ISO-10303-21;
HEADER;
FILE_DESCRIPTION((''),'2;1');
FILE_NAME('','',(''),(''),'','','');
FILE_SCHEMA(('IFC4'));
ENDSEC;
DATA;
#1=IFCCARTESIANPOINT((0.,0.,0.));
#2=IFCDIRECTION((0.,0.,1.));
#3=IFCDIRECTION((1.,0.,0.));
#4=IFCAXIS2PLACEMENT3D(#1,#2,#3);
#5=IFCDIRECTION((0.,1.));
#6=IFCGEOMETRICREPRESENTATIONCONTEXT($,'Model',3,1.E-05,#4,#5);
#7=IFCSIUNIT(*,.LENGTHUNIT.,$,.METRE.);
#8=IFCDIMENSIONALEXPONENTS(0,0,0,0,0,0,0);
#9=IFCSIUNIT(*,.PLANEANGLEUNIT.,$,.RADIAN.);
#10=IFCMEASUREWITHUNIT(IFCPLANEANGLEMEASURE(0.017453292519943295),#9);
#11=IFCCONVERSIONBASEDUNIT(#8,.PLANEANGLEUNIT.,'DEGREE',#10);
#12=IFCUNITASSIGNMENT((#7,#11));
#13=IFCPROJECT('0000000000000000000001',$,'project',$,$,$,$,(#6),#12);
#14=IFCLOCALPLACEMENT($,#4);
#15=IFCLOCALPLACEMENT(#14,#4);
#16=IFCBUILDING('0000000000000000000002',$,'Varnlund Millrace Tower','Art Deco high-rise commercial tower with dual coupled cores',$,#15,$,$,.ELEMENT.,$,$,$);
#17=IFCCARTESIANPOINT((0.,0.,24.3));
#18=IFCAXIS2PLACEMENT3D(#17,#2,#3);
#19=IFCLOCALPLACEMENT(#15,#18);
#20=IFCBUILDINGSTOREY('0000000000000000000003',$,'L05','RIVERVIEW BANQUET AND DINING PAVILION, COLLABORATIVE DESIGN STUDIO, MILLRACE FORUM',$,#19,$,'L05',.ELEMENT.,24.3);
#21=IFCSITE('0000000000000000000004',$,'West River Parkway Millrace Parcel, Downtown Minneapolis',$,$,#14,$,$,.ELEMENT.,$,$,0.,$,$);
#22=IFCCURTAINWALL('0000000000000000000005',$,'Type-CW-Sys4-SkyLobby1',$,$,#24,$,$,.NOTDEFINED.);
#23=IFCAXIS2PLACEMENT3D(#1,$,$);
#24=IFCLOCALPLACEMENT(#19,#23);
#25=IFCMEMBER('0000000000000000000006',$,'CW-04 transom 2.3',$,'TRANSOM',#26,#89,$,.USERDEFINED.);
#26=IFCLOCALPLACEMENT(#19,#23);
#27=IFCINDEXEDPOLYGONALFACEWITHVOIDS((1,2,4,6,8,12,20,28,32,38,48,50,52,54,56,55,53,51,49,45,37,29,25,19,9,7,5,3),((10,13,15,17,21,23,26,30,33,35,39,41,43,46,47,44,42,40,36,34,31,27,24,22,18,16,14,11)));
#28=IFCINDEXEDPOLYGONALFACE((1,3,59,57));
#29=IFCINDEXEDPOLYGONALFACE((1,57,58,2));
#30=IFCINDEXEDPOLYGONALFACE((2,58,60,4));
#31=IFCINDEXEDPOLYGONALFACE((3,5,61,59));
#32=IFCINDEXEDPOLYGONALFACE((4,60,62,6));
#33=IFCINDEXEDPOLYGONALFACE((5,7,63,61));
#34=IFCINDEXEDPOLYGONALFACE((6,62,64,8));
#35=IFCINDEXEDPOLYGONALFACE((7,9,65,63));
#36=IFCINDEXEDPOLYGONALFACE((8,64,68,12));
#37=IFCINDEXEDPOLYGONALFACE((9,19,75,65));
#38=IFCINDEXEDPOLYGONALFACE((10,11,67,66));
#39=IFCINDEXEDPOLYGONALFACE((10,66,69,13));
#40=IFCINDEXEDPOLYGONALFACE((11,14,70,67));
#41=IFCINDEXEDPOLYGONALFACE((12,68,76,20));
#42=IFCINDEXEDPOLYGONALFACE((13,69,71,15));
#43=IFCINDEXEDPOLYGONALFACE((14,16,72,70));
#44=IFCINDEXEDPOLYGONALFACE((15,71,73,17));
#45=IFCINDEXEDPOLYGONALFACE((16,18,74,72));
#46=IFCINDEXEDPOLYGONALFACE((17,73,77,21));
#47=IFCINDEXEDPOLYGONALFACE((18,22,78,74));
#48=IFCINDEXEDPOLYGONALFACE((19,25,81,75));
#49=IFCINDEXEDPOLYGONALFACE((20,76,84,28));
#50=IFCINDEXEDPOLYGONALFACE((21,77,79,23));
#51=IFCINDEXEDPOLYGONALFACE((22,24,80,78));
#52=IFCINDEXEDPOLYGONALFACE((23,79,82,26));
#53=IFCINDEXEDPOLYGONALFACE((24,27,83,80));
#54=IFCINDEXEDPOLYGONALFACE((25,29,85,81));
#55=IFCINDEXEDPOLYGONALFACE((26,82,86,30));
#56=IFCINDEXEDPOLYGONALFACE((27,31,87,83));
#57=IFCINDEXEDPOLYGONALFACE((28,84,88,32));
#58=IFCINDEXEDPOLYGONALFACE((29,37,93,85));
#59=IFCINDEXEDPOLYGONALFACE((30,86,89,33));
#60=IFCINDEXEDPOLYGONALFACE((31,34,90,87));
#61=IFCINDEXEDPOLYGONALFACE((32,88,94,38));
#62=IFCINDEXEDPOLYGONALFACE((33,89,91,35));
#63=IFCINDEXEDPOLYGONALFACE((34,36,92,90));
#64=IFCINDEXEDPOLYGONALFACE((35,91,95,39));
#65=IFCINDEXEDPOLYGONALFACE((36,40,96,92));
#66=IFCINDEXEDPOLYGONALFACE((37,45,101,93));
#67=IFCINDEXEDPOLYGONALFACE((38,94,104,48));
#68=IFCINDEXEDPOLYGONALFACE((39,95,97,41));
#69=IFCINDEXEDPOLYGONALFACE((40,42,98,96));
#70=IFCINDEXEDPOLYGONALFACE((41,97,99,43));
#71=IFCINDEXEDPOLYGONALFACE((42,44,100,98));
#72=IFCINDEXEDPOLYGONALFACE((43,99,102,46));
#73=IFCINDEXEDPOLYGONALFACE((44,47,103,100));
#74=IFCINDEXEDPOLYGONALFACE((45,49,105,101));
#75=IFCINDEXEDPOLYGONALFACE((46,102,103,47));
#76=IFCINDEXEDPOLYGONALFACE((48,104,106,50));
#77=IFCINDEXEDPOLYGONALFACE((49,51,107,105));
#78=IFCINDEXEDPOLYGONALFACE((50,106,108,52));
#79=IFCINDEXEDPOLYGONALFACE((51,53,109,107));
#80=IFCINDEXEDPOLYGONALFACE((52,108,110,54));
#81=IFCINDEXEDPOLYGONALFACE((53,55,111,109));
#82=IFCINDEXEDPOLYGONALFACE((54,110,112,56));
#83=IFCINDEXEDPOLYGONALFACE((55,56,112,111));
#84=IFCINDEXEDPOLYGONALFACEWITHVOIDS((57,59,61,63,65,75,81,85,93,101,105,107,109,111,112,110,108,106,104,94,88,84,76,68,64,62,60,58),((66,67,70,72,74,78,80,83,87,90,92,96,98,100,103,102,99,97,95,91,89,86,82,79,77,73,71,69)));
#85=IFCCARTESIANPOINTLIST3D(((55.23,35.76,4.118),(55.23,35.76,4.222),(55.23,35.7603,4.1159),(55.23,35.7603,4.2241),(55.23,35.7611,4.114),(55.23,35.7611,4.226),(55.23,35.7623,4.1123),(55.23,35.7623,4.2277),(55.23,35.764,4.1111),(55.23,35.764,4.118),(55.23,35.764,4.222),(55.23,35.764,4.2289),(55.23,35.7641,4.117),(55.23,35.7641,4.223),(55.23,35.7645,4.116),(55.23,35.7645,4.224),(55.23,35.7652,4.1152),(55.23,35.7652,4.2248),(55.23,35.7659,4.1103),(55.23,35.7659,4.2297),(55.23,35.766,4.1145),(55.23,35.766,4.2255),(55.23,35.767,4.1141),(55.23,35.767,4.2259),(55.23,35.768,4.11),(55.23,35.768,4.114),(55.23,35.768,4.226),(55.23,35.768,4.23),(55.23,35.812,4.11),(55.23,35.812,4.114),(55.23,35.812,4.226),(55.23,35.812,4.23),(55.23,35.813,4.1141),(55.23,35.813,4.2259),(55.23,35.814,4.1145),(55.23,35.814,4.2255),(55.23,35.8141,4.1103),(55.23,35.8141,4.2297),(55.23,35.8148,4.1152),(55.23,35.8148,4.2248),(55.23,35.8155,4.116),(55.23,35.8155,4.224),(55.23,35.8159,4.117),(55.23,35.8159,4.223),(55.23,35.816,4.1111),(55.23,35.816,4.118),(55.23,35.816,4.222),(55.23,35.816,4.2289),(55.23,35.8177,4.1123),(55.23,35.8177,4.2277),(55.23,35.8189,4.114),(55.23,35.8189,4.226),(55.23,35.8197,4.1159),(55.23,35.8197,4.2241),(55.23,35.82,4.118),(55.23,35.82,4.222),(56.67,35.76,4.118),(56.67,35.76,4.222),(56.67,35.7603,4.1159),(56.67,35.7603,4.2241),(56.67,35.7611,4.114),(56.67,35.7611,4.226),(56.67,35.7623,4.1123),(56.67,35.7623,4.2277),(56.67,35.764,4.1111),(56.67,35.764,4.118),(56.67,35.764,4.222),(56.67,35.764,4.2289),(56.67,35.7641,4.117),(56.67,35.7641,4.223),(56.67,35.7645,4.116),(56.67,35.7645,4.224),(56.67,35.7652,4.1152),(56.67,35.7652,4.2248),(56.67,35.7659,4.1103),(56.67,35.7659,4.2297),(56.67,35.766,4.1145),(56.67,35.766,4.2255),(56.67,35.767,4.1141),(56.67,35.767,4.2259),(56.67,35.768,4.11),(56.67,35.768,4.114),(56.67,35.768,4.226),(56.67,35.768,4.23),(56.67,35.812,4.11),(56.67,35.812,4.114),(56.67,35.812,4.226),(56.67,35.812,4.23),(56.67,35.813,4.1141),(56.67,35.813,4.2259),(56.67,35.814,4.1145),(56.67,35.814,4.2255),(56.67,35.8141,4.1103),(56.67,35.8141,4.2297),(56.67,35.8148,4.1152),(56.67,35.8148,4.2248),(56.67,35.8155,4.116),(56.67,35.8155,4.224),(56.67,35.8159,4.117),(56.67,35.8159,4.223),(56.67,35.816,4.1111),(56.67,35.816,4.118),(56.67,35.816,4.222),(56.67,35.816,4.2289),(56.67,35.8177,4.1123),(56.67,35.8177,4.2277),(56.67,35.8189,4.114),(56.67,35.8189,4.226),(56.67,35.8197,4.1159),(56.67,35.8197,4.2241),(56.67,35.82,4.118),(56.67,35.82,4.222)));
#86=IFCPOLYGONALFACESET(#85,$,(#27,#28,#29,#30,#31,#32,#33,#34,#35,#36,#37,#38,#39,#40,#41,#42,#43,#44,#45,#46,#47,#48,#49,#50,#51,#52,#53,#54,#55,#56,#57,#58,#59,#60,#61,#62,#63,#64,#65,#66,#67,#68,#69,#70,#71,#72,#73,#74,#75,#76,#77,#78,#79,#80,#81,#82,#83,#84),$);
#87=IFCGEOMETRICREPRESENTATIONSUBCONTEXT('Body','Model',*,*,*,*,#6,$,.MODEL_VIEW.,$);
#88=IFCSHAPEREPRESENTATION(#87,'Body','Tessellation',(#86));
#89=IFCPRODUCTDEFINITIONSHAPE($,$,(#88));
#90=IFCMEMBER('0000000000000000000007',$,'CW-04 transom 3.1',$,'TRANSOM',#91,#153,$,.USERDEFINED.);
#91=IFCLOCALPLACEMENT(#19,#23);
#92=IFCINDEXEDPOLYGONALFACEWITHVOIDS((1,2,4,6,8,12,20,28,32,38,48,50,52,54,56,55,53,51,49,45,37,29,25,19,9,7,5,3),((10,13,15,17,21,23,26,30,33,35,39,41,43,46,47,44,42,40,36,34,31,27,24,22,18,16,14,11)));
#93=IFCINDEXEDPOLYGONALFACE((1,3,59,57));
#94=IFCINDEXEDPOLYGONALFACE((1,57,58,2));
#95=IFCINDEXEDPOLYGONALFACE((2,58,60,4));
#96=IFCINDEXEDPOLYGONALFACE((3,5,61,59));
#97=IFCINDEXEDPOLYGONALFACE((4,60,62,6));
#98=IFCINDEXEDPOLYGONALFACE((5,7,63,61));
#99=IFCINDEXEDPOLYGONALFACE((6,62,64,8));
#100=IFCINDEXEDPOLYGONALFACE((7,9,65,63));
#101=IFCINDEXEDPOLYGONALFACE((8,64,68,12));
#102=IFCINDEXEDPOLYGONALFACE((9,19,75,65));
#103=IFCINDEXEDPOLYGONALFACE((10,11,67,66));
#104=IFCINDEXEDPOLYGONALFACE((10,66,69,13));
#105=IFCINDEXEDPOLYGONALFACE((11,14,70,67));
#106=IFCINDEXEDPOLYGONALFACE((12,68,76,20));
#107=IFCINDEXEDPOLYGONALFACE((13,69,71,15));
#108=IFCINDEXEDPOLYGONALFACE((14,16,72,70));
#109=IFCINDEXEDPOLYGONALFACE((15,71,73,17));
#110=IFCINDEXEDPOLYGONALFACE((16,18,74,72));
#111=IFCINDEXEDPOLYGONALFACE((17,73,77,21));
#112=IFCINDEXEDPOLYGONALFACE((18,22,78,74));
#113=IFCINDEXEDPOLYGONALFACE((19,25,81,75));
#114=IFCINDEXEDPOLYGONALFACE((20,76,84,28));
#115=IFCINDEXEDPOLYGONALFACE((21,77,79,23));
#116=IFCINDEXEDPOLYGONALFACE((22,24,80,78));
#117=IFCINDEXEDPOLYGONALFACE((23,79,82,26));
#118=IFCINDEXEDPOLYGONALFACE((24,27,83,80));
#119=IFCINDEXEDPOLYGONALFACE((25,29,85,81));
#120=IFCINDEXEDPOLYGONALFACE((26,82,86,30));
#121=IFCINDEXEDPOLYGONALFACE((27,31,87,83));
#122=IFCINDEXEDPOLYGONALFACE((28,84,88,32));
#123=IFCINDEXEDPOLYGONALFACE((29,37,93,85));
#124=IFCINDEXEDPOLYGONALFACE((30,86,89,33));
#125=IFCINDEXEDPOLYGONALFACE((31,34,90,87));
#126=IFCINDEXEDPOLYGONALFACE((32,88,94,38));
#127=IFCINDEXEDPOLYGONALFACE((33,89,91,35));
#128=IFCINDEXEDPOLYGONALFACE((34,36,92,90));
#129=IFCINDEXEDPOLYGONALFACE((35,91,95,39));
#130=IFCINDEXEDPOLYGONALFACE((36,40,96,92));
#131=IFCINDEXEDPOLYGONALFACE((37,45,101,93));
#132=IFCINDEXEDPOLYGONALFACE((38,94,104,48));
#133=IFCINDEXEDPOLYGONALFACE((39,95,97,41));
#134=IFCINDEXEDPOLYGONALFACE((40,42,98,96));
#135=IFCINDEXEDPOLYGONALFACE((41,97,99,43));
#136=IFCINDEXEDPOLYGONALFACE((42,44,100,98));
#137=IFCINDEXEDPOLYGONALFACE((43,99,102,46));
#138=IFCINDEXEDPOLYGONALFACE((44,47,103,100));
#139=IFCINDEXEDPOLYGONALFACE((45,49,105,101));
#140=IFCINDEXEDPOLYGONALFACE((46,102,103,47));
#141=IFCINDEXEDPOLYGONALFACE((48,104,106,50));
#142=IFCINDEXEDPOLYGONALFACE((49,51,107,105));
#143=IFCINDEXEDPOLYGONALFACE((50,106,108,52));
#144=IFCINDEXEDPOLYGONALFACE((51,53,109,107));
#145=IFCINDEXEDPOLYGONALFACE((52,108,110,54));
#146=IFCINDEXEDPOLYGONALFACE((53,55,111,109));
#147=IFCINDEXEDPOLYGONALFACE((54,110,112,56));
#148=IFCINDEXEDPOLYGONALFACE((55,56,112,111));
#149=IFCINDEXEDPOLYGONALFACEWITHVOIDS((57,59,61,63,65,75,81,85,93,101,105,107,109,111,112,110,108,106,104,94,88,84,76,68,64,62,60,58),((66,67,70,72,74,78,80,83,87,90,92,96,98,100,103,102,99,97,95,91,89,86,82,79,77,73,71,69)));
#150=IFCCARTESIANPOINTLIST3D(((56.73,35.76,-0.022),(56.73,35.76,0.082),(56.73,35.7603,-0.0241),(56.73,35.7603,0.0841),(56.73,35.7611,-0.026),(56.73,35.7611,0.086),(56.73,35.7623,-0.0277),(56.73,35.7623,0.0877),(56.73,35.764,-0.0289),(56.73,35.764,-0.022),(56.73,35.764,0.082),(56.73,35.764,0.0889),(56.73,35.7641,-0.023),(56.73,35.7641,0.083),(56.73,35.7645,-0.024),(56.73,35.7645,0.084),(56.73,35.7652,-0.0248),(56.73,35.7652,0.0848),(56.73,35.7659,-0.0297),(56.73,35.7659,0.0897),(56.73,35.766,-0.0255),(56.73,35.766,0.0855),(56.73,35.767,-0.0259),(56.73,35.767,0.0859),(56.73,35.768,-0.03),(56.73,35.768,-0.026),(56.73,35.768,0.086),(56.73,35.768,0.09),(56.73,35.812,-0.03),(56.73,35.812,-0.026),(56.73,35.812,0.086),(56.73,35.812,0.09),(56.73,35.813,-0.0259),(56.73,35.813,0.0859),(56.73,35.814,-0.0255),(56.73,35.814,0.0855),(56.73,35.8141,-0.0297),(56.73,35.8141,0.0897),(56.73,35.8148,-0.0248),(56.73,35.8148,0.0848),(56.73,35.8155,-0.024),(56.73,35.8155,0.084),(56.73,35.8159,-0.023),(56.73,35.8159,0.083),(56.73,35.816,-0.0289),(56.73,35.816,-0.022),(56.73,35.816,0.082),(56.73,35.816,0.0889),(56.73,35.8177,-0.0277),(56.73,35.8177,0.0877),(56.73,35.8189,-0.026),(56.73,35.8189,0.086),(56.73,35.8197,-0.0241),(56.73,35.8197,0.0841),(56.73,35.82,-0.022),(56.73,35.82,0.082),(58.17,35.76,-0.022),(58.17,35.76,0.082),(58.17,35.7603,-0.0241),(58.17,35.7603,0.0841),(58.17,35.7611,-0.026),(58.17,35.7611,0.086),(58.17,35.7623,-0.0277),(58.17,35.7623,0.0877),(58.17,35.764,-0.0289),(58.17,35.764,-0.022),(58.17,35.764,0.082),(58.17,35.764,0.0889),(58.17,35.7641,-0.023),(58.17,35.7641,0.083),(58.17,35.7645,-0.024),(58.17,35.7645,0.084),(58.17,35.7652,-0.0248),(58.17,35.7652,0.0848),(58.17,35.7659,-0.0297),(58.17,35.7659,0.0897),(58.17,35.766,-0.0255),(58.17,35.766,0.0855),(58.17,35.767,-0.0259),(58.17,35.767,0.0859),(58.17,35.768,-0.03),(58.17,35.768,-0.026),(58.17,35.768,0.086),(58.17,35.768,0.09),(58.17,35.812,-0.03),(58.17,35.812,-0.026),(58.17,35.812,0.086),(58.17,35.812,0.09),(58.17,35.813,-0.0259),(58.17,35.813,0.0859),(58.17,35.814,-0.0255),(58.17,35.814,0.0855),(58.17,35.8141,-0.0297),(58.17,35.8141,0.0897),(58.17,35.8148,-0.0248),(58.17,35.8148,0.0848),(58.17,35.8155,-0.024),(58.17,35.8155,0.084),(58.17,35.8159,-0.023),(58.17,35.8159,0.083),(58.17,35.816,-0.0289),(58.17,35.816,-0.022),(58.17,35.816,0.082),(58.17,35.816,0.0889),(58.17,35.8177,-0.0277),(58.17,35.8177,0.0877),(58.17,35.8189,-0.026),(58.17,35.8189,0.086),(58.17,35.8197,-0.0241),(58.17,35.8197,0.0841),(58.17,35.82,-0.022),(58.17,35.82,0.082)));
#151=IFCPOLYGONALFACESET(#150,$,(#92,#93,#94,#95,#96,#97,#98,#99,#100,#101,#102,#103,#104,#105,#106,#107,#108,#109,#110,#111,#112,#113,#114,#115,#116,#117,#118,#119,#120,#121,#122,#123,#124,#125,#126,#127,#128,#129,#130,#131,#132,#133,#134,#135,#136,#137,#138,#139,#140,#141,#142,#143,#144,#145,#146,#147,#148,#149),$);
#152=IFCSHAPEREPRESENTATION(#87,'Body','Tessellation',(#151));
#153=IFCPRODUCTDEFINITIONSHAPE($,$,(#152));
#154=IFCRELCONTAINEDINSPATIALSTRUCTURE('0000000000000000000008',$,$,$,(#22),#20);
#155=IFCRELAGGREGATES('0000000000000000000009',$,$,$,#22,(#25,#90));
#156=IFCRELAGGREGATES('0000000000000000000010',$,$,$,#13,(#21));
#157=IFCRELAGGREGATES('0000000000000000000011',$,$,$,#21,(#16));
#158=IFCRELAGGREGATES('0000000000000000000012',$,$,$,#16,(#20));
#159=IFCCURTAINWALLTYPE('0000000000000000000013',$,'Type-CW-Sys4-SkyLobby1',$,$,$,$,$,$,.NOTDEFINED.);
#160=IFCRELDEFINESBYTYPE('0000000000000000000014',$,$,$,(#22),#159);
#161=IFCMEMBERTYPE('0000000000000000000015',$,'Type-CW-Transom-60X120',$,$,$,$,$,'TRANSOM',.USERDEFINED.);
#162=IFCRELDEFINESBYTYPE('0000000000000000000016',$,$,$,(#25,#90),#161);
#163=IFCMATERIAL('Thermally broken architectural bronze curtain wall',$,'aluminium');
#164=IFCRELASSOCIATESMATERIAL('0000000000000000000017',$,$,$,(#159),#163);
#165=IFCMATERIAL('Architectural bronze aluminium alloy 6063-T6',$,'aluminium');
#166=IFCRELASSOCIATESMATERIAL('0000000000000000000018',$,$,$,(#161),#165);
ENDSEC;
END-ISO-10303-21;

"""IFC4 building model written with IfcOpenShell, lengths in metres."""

from ifc_helpers import new_model, entity, si_unit, converted_unit, direction, frame, origin_with_axes, origin_2d_with_axis, place, context, subcontext, project, spatial, hollow_rectangle, extrude, material, material_profile, profile_set, type_object, element, aggregate, save


model = new_model("IFC4")

# Units and contexts
model_context = context("Model", 3, precision=1e-05, world=origin_with_axes(), true_north=direction((0.0, 1.0)))
body_context = subcontext(model_context, "Body", "Model", "MODEL_VIEW")
ifc_project = project(units=[si_unit("LENGTHUNIT", "METRE"), converted_unit("PLANEANGLEUNIT", "DEGREE", entity("IfcPlaneAngleMeasure", 0.017453292519943295), si_unit("PLANEANGLEUNIT", "RADIAN"), dimensions=[0, 0, 0, 0, 0, 0, 0])], contexts=[model_context])

# Site, building, storey
site_placement = place(None, origin_with_axes())
site = spatial("IfcSite", under=ifc_project, at=site_placement, Name="West River Parkway Millrace Parcel, Downtown Minneapolis", CompositionType="ELEMENT", RefElevation=0.0)
building_placement = place(site_placement, origin_with_axes())
building = spatial("IfcBuilding", under=site, at=building_placement, Name="Varnlund Millrace Tower", Description="Art Deco high-rise commercial tower with dual coupled cores", CompositionType="ELEMENT")
storey_placement = place(building_placement, frame((0.0, 0.0, 24.3), z_axis=(0.0, 0.0, 1.0), x_axis=(1.0, 0.0, 0.0)))
storey = spatial("IfcBuildingStorey", under=building, at=storey_placement, Name="L05", Description="RIVERVIEW BANQUET AND DINING PAVILION, COLLABORATIVE DESIGN STUDIO, MILLRACE FORUM", LongName="L05", CompositionType="ELEMENT", Elevation=24.3)

# Curtain wall, members
ifc_material_1 = material(Name="Thermally broken architectural bronze curtain wall", Category="aluminium")
curtain_wall_type = type_object("IfcCurtainWallType", Name="Type-CW-Sys4-SkyLobby1", PredefinedType="NOTDEFINED", material=ifc_material_1)
curtain_wall_placement = place(storey_placement, frame((53.7, 35.79, 0.0), z_axis=(0.0, 0.0, 1.0), x_axis=(1.0, 0.0, 0.0)))
curtain_wall = element("IfcCurtainWall", 1, at=curtain_wall_placement, inside=storey, type_object=curtain_wall_type, Name="Type-CW-Sys4-SkyLobby1", PredefinedType="NOTDEFINED")
ifc_material_2 = material(Name="Architectural bronze aluminium alloy 6063-T6", Category="aluminium")
ifc_material_profile_1 = material_profile(ifc_material_2, hollow_rectangle(XDim=0.06, YDim=0.12, WallThickness=0.004, InnerFilletRadius=0.004, OuterFilletRadius=0.008, at=origin_2d_with_axis()), Name="Architectural bronze aluminium alloy 6063-T6")
ifc_profile_set_1 = profile_set([ifc_material_profile_1], Name="Architectural bronze aluminium alloy 6063-T6")
member_type_1 = type_object("IfcMemberType", Name="Type-CW-Transom-60X120", ElementType="TRANSOM", PredefinedType="USERDEFINED", material=ifc_profile_set_1)
member_1_placement = place(storey_placement, frame((55.23, 35.79, 4.17), z_axis=(1.0, 0.0, 0.0), x_axis=(0.0, 1.0, 0.0)))
member_1 = element("IfcMember", 2, at=member_1_placement, type_object=member_type_1, Name="CW-04 transom 2.3", ObjectType="TRANSOM", PredefinedType="USERDEFINED", context=body_context, shape_type="SweptSolid", body=[
    extrude(hollow_rectangle(XDim=0.06, YDim=0.12, WallThickness=0.004, InnerFilletRadius=0.004, OuterFilletRadius=0.008, at=origin_2d_with_axis()), origin_with_axes(), (0.0, 0.0, 1.0), 1.44),
])
member_2_placement = place(storey_placement, frame((56.73, 35.79, 0.03), z_axis=(1.0, 0.0, 0.0), x_axis=(0.0, 1.0, 0.0)))
member_2 = element("IfcMember", 3, at=member_2_placement, type_object=member_type_1, Name="CW-04 transom 3.1", ObjectType="TRANSOM", PredefinedType="USERDEFINED", context=body_context, shape_type="SweptSolid", body=[
    extrude(hollow_rectangle(XDim=0.06, YDim=0.12, WallThickness=0.004, InnerFilletRadius=0.004, OuterFilletRadius=0.008, at=origin_2d_with_axis()), origin_with_axes(), (0.0, 0.0, 1.0), 1.44),
])

aggregate(curtain_wall, [member_1, member_2])

save(model, "model.ifc")
